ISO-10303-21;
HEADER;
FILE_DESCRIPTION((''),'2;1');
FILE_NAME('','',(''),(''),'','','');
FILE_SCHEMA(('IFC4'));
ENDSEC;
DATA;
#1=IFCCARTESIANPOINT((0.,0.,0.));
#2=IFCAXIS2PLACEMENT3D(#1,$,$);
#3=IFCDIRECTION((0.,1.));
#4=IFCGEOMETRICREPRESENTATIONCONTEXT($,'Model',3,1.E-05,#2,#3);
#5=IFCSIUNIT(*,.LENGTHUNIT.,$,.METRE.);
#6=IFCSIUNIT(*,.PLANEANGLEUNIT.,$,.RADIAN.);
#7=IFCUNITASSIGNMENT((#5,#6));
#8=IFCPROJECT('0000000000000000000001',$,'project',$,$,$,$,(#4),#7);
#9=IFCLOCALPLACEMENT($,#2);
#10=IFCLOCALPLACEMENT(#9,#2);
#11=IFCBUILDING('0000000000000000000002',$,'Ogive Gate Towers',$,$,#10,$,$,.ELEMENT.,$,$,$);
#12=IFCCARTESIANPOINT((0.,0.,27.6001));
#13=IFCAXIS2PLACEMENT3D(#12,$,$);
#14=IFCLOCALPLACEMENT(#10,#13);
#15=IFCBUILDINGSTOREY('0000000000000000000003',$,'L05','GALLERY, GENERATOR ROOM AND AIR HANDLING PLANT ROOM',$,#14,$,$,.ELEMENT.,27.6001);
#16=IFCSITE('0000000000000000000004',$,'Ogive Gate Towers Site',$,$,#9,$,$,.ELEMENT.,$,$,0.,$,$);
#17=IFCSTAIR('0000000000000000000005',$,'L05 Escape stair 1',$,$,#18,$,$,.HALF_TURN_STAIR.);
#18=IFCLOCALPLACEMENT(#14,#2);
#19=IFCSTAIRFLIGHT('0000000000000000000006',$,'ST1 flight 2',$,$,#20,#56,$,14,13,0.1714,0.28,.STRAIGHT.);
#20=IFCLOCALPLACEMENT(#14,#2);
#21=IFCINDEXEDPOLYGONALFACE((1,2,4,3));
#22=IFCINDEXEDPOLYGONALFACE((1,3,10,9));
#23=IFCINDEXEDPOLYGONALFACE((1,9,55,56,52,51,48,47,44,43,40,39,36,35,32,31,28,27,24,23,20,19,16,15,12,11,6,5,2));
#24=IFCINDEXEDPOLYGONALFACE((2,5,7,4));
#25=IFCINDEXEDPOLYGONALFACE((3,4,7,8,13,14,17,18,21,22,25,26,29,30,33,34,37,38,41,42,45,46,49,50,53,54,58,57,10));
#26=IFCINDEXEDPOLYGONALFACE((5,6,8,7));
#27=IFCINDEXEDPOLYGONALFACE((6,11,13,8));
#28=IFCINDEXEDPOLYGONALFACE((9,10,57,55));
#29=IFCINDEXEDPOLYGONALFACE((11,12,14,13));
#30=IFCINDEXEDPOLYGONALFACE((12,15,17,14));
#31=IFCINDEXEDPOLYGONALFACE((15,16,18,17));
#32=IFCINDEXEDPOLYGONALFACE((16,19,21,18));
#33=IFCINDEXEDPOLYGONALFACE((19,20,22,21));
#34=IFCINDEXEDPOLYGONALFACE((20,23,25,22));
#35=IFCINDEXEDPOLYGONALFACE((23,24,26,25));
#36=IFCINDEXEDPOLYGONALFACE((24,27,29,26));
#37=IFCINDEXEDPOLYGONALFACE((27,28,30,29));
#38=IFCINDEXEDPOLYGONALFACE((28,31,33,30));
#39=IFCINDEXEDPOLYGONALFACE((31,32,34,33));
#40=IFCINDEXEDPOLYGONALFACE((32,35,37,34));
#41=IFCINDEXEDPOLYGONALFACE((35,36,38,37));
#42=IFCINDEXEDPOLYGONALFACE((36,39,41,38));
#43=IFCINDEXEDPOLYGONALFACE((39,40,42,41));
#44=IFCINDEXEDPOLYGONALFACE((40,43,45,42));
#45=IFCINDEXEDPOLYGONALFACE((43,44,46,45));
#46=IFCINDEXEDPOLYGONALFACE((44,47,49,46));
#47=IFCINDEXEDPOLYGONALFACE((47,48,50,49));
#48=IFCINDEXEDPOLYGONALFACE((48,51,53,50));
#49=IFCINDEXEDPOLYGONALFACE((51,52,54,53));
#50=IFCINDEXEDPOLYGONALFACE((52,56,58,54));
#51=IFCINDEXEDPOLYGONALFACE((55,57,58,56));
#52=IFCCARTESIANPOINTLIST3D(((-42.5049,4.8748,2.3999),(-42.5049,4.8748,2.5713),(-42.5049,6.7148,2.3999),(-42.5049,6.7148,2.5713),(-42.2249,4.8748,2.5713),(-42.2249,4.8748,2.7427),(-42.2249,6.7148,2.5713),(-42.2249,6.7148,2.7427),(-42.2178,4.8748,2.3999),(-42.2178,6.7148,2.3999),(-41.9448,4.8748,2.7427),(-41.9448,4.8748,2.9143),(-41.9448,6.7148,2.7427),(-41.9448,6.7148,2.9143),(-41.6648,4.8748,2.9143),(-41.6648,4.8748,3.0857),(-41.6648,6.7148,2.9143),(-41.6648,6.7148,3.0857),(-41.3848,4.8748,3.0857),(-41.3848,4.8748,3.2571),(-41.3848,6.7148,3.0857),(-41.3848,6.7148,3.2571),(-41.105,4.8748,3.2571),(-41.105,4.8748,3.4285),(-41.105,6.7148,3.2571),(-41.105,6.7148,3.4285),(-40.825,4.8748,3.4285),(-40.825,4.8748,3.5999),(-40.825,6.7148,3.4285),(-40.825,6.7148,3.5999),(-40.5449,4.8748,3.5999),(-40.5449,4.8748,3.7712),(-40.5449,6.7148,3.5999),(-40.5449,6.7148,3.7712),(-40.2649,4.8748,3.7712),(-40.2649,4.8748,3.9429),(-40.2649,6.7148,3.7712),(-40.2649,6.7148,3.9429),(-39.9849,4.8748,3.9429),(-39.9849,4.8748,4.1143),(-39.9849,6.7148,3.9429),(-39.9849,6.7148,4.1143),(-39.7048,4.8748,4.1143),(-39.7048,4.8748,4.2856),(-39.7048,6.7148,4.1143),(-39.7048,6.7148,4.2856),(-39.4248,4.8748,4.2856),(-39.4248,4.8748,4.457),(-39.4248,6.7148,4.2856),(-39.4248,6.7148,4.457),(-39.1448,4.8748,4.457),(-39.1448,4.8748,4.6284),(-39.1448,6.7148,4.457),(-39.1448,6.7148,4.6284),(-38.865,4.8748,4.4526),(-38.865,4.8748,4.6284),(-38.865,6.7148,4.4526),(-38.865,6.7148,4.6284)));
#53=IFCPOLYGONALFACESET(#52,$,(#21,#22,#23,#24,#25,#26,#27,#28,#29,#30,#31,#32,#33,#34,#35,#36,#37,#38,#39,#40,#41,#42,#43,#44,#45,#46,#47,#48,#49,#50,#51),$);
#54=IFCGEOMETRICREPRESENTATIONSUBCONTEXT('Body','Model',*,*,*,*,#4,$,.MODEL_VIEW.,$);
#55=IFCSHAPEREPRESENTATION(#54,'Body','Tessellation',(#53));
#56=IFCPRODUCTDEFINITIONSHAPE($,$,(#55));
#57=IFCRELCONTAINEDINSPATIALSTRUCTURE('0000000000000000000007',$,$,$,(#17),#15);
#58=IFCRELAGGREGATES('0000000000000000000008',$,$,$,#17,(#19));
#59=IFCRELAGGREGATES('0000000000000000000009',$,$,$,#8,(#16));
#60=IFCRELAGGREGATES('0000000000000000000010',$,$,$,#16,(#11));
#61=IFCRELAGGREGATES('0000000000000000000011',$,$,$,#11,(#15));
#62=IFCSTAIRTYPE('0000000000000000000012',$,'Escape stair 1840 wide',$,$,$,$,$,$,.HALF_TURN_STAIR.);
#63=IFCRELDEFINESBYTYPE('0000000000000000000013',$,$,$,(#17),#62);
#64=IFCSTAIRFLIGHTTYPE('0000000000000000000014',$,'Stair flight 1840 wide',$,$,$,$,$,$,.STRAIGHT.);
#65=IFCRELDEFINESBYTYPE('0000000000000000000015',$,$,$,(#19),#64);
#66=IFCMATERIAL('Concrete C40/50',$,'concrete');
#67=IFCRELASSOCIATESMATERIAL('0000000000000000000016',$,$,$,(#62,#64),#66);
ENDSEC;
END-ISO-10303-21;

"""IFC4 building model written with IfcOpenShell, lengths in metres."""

from ifc_helpers import new_model, si_unit, direction, frame, origin, place, context, subcontext, project, spatial, polyline, outline, extrude, material, type_object, element, aggregate, save


model = new_model("IFC4")

# Units and contexts
model_context = context("Model", 3, precision=1e-05, world=origin(), true_north=direction((0.0, 1.0)))
body_context = subcontext(model_context, "Body", "Model", "MODEL_VIEW")
ifc_project = project(units=[si_unit("LENGTHUNIT", "METRE"), si_unit("PLANEANGLEUNIT", "RADIAN")], contexts=[model_context])

# Site, building, storey
site_placement = place(None, origin())
site = spatial("IfcSite", under=ifc_project, at=site_placement, Name="Ogive Gate Towers Site", CompositionType="ELEMENT", RefElevation=0.0)
building_placement = place(site_placement, origin())
building = spatial("IfcBuilding", under=site, at=building_placement, Name="Ogive Gate Towers", CompositionType="ELEMENT")
storey_placement = place(building_placement, frame((0.0, 0.0, 27.6001)))
storey = spatial("IfcBuildingStorey", under=building, at=storey_placement, Name="L05", Description="GALLERY, GENERATOR ROOM AND AIR HANDLING PLANT ROOM", CompositionType="ELEMENT", Elevation=27.6001)

# Stair, stair flight
ifc_material_1 = material(Name="Concrete C40/50", Category="concrete")
stair_type = type_object("IfcStairType", Name="Escape stair 1840 wide", PredefinedType="HALF_TURN_STAIR", material=ifc_material_1)
stair_placement = place(storey_placement, origin())
stair = element("IfcStair", 1, at=stair_placement, inside=storey, type_object=stair_type, Name="L05 Escape stair 1", PredefinedType="HALF_TURN_STAIR")
stair_flight_type = type_object("IfcStairFlightType", Name="Stair flight 1840 wide", PredefinedType="STRAIGHT", material=ifc_material_1)
stair_flight_1_placement = place(storey_placement, frame((-42.5049, 5.7949, 2.3999), z_axis=(0.0, 0.0, 1.0), x_axis=(1.0, 0.0, 0.0)))
stair_flight_1 = element("IfcStairFlight", 2, at=stair_flight_1_placement, type_object=stair_flight_type, Name="ST1 flight 2", NumberOfRisers=14, NumberOfTreads=13, PredefinedType="STRAIGHT", RiserHeight=0.1714, TreadLength=0.28, context=body_context, shape_type="SweptSolid", body=[
    extrude(outline(polyline([(0.0, 0.0), (0.0, 0.1714), (0.28, 0.1714), (0.28, 0.3428), (0.5601, 0.3428), (0.5601, 0.5144), (0.8401, 0.5144), (0.8401, 0.6858), (1.1201, 0.6858), (1.1201, 0.8572), (1.3999, 0.8572), (1.3999, 1.0286), (1.6799, 1.0286), (1.6799, 1.2), (1.96, 1.2), (1.96, 1.3713), (2.24, 1.3713), (2.24, 1.543), (2.52, 1.543), (2.52, 1.7144), (2.8, 1.7144), (2.8, 1.8857), (3.0801, 1.8857), (3.0801, 2.0571), (3.3601, 2.0571), (3.3601, 2.2285), (3.6399, 2.2285), (3.6399, 2.3999), (3.6399, 2.0527), (0.2871, 0.0), (0.0, 0.0)])), frame((0.0, 0.9199, 0.0), z_axis=(0.0, -1.0, 0.0), x_axis=(1.0, 0.0, 0.0)), (0.0, 0.0, 1.0), 1.8401),
])
aggregate(stair, [stair_flight_1])

save(model, "model.ifc")
